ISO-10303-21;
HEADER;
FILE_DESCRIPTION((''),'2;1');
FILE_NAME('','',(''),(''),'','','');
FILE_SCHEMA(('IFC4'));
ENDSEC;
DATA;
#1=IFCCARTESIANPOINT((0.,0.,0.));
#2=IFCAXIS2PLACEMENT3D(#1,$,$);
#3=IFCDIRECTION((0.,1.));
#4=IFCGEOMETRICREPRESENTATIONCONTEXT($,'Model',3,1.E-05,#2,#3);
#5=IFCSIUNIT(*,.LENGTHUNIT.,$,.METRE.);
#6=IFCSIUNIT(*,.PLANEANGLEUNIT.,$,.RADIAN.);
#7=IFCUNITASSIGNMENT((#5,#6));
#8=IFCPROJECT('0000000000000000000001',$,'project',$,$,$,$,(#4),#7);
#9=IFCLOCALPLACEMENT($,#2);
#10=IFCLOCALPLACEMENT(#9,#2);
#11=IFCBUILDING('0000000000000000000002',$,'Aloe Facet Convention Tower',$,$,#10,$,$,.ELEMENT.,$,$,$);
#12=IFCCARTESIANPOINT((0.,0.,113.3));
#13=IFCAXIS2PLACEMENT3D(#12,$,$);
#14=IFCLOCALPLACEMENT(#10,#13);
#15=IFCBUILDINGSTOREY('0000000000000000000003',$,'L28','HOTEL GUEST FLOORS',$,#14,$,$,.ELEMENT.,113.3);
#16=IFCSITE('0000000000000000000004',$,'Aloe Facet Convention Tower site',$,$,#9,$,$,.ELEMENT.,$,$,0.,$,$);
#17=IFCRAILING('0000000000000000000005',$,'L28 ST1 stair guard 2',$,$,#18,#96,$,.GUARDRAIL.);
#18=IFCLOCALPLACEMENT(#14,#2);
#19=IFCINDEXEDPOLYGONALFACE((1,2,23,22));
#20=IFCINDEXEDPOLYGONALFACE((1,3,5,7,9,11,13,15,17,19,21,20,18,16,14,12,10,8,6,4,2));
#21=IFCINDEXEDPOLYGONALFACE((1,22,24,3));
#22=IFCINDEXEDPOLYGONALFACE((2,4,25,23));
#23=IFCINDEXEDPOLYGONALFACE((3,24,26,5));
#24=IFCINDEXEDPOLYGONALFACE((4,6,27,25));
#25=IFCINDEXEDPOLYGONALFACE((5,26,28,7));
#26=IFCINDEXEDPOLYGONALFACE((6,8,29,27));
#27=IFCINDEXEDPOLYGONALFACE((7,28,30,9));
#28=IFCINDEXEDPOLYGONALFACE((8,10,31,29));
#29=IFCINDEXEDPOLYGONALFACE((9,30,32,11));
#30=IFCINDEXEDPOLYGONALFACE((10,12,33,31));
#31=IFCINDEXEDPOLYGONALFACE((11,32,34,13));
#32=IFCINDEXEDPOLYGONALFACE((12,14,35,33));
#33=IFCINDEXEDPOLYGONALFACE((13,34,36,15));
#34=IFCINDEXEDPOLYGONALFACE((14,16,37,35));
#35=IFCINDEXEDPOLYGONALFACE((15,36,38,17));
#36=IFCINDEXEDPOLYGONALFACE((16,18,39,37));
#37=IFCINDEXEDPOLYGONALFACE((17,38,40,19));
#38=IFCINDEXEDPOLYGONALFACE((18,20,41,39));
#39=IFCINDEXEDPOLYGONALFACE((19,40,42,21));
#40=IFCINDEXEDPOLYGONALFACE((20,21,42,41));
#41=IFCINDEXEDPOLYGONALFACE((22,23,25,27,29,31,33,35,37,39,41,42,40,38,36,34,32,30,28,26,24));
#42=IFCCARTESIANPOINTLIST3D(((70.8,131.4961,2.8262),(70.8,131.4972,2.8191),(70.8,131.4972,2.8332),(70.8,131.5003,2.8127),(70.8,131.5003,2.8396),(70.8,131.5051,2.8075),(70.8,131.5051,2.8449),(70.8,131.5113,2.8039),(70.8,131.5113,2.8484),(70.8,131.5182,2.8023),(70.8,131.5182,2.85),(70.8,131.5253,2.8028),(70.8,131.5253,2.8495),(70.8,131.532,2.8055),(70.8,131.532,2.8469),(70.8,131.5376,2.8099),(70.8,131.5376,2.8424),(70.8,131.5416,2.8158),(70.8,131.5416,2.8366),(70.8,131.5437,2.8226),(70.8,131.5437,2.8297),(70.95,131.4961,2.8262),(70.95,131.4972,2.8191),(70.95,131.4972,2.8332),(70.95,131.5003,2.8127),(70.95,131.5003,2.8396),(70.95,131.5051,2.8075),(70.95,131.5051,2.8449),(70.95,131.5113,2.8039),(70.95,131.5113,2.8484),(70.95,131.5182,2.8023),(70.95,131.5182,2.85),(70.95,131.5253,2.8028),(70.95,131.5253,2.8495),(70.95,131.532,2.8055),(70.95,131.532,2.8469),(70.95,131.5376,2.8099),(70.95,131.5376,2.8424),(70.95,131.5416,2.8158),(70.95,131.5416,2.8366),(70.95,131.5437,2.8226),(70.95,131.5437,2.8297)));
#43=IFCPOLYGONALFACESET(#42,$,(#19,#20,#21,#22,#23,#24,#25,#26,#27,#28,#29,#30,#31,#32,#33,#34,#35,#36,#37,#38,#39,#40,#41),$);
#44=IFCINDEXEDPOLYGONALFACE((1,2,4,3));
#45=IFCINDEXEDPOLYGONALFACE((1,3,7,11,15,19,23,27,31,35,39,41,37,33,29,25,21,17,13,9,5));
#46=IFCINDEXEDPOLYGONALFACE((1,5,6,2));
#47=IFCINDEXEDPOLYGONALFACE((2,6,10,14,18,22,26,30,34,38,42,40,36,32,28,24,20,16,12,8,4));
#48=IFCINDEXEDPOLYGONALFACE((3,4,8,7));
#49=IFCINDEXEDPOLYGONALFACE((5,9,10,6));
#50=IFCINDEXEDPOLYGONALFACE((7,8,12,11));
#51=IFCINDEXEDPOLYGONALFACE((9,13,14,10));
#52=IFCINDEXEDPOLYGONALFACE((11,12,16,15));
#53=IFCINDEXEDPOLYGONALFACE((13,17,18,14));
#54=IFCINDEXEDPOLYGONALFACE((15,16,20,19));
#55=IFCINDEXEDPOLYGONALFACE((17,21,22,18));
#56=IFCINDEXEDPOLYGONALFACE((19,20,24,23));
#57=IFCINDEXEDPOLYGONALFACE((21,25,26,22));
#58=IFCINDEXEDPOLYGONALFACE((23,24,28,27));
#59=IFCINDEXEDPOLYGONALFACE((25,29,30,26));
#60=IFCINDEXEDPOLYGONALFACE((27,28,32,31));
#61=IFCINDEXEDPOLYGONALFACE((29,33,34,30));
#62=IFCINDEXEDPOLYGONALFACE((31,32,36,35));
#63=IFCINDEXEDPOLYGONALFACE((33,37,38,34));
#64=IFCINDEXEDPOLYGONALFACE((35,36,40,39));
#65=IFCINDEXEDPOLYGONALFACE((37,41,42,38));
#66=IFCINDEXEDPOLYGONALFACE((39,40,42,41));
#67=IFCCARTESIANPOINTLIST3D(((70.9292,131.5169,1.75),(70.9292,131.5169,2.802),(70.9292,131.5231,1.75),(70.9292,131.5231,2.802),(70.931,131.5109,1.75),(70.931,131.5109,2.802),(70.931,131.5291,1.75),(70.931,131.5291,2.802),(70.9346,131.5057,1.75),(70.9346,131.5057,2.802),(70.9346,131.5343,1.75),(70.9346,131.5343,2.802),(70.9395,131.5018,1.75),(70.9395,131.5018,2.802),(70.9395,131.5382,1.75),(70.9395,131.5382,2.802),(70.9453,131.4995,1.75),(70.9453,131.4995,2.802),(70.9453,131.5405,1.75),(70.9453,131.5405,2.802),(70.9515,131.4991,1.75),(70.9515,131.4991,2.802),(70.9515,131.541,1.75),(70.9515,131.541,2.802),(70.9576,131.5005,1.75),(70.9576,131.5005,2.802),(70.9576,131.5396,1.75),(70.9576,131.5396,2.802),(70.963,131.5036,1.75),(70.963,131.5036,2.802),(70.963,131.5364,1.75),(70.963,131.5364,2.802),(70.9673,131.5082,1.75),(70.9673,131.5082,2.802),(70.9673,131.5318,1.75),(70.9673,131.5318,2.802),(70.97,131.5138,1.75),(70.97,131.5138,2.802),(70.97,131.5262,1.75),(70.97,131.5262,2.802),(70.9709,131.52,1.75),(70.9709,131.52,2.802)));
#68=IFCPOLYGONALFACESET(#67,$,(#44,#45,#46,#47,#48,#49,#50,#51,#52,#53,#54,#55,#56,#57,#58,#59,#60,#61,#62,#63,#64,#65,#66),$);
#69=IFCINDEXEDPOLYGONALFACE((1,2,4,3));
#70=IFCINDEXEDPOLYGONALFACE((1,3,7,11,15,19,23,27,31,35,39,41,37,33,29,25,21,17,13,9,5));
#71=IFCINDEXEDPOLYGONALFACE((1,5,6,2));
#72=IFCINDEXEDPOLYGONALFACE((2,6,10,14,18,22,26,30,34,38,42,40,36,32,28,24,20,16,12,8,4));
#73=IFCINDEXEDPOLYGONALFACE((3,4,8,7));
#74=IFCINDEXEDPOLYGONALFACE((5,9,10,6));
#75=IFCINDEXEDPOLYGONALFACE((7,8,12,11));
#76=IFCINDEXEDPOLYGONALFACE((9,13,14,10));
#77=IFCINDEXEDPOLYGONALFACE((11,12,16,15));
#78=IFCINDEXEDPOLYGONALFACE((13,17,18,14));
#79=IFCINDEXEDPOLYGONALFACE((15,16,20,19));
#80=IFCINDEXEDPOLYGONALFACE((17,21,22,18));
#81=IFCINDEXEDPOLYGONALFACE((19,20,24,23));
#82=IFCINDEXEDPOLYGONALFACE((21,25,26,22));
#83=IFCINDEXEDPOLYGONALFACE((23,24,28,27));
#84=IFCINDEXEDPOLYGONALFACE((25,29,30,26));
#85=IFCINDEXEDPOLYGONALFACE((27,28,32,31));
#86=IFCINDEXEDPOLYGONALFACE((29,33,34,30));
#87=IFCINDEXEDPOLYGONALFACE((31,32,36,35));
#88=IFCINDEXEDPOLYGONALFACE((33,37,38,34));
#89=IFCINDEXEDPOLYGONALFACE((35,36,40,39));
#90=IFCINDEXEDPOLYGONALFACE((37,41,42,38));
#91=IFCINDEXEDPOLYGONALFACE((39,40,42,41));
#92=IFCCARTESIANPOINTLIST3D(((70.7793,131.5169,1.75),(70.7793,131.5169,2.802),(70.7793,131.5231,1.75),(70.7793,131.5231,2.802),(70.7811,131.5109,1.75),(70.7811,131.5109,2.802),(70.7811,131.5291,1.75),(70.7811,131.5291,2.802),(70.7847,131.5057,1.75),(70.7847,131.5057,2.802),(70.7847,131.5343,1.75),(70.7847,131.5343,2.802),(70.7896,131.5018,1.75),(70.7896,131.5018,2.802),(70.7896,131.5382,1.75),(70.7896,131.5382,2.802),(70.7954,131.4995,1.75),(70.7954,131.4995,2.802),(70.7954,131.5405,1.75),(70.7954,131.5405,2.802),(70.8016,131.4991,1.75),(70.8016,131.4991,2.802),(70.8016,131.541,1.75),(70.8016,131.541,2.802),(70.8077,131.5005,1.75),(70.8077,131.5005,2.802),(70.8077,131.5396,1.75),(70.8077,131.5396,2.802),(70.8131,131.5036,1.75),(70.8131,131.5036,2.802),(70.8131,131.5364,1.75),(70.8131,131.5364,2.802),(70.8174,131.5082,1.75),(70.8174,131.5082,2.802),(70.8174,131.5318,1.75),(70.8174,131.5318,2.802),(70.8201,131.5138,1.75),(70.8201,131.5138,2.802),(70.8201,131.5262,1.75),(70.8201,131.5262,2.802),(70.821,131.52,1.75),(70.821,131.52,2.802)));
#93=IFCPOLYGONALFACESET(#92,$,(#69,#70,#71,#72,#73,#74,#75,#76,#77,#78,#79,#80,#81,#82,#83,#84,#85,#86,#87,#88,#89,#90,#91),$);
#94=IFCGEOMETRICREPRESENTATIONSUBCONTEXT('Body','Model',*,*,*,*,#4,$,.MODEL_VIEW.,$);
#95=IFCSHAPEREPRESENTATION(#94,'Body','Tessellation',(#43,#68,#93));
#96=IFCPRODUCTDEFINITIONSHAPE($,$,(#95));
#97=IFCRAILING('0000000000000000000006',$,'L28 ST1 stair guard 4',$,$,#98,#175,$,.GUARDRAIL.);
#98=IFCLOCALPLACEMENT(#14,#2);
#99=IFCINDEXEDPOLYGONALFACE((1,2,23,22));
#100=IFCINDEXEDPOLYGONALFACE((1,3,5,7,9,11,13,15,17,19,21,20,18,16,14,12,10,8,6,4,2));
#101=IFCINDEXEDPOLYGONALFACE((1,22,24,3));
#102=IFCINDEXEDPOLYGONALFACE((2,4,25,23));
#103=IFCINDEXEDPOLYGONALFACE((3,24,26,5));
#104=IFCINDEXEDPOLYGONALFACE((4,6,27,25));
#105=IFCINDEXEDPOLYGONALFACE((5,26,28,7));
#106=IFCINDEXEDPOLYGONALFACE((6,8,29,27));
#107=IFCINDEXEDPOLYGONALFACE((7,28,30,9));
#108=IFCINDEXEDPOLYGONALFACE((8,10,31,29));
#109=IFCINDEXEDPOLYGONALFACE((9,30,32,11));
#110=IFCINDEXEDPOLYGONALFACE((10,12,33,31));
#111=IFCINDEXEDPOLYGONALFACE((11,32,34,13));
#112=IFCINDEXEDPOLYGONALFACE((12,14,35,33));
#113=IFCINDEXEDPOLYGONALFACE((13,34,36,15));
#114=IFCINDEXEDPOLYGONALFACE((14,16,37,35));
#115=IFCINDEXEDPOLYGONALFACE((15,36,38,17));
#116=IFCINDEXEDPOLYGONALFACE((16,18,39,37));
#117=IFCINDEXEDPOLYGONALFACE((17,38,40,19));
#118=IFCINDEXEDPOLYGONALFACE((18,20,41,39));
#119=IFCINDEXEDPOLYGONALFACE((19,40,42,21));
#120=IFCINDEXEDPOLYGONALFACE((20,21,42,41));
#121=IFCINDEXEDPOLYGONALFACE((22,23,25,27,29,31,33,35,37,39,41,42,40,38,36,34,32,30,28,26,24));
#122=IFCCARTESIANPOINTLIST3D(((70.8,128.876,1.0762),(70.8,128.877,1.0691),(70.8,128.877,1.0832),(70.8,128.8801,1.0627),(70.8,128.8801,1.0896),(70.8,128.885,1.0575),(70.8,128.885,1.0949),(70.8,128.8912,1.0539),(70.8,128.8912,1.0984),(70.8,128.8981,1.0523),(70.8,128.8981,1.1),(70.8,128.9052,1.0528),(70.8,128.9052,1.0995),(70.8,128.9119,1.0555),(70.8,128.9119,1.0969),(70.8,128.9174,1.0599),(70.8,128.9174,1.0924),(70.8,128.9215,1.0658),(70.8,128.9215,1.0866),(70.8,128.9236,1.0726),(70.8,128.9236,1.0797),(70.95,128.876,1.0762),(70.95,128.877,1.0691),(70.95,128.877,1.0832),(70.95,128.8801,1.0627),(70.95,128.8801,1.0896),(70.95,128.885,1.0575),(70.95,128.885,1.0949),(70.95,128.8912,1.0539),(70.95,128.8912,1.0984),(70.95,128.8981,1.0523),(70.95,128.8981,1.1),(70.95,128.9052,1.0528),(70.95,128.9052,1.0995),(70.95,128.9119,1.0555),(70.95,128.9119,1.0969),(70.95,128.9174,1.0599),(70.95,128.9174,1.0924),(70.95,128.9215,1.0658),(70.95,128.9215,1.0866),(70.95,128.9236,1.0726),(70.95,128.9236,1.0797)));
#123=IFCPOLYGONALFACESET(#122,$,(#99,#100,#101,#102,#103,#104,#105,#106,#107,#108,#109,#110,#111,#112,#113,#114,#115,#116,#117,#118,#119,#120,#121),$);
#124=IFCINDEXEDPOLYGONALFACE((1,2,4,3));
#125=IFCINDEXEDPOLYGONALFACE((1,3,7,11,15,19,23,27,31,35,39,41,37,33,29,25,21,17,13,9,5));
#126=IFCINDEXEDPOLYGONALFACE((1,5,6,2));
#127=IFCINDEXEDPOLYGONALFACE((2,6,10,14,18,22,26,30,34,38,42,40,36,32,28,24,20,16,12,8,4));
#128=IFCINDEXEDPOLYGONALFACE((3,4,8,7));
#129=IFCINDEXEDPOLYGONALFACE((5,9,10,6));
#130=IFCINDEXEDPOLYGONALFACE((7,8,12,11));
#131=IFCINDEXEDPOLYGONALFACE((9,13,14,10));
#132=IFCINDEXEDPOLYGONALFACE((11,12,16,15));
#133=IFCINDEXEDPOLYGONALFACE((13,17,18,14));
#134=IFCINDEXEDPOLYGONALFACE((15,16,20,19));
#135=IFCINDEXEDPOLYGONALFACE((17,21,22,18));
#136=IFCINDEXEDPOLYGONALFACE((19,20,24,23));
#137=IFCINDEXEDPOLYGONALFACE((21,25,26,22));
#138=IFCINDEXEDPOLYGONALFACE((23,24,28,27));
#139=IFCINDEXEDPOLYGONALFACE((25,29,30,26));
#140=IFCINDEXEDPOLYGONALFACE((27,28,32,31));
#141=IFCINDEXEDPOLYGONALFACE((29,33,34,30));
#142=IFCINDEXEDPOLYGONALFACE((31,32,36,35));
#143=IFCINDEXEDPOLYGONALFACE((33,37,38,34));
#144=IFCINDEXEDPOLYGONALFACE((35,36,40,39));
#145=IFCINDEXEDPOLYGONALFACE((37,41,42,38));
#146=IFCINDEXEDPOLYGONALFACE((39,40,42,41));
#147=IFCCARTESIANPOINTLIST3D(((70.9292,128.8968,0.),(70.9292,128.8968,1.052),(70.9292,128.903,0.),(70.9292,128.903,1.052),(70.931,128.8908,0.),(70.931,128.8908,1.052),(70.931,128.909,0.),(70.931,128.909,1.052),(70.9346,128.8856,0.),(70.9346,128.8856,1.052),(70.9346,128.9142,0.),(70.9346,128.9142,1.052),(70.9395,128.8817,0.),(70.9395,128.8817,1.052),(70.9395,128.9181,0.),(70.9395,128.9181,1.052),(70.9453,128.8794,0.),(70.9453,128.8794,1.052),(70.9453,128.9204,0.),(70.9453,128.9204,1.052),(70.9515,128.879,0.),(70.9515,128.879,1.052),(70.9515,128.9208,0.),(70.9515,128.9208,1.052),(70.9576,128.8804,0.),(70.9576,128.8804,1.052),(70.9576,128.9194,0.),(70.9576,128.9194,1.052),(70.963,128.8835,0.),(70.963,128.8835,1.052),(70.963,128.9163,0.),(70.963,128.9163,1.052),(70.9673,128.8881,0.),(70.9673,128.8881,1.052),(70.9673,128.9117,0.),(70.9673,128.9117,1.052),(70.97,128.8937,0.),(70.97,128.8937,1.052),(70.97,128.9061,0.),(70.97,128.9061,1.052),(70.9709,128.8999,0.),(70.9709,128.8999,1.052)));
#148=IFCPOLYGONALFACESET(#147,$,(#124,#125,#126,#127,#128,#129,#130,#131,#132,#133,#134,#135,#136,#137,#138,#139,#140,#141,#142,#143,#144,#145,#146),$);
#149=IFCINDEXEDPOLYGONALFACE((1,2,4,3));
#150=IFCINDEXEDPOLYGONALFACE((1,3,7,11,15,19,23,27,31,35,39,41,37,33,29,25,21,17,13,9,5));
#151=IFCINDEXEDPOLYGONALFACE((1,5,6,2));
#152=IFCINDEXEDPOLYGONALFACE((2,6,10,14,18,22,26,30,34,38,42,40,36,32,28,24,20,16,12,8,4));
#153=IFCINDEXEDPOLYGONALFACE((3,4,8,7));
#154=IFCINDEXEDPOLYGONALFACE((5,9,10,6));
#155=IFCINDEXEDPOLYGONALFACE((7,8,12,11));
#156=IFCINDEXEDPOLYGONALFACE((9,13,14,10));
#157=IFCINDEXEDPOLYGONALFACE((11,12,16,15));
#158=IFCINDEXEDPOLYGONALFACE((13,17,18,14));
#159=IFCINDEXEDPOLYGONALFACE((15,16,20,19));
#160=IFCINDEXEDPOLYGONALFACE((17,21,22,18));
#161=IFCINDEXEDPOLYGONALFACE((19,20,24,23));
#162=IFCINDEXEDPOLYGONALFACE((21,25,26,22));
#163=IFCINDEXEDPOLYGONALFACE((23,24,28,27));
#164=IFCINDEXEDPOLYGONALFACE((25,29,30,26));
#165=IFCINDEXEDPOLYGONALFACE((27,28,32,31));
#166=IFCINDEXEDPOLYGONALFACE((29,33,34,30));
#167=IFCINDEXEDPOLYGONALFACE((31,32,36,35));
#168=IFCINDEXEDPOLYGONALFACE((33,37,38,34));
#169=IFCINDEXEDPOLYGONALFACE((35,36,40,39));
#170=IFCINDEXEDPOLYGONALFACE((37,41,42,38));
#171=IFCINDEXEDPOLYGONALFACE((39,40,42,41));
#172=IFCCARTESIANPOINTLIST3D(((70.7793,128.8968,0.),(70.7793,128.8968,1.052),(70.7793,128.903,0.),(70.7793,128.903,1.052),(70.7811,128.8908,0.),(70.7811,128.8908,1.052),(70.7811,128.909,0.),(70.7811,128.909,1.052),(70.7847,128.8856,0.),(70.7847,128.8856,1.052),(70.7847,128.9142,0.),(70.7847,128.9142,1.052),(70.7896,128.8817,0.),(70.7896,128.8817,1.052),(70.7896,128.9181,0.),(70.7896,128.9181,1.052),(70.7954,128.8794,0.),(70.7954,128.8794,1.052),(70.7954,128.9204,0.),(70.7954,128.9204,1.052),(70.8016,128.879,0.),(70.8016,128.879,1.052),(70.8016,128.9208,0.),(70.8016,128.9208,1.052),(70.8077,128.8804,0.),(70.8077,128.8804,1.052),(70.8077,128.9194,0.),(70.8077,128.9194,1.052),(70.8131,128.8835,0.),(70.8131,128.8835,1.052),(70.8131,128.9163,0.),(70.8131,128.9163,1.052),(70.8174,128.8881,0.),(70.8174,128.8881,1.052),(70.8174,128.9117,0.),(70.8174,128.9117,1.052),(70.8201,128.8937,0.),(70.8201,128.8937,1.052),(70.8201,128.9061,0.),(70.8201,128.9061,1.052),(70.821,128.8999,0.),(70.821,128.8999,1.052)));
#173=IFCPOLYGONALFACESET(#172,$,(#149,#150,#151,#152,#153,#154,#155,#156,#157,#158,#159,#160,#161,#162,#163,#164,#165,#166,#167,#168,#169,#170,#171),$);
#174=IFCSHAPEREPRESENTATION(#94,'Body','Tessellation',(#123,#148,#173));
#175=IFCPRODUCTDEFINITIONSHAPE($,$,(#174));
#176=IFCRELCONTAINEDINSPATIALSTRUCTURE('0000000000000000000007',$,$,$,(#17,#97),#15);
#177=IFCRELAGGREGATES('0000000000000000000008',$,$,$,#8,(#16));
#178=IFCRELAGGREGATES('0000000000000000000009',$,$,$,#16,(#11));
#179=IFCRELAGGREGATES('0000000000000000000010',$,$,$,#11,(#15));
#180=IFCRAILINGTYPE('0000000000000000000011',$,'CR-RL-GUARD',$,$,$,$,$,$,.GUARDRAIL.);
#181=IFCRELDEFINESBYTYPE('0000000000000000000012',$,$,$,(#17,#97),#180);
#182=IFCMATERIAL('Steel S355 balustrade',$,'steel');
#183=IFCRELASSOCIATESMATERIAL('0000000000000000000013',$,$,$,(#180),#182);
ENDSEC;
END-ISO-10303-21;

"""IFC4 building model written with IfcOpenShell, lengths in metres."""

from ifc_helpers import new_model, si_unit, direction, frame, origin, origin_2d, place, context, subcontext, project, spatial, circle, extrude, material, type_object, element, save


model = new_model("IFC4")

# Units and contexts
model_context = context("Model", 3, precision=1e-05, world=origin(), true_north=direction((0.0, 1.0)))
body_context = subcontext(model_context, "Body", "Model", "MODEL_VIEW")
ifc_project = project(units=[si_unit("LENGTHUNIT", "METRE"), si_unit("PLANEANGLEUNIT", "RADIAN")], contexts=[model_context])

# Site, building, storey
site_placement = place(None, origin())
site = spatial("IfcSite", under=ifc_project, at=site_placement, Name="Aloe Facet Convention Tower site", CompositionType="ELEMENT", RefElevation=0.0)
building_placement = place(site_placement, origin())
building = spatial("IfcBuilding", under=site, at=building_placement, Name="Aloe Facet Convention Tower", CompositionType="ELEMENT")
storey_placement = place(building_placement, frame((0.0, 0.0, 113.3)))
storey = spatial("IfcBuildingStorey", under=building, at=storey_placement, Name="L28", Description="HOTEL GUEST FLOORS", CompositionType="ELEMENT", Elevation=113.3)

# Railings
ifc_material_1 = material(Name="Steel S355 balustrade", Category="steel")
railing_type_1 = type_object("IfcRailingType", Name="CR-RL-GUARD", PredefinedType="GUARDRAIL", material=ifc_material_1)
for number, where, name in (
    (1, (70.95, 131.52, 1.75), "L28 ST1 stair guard 2"),
    (2, (70.95, 128.8999, 0.0), "L28 ST1 stair guard 4"),
):
    element("IfcRailing", number, at=place(storey_placement, frame(where)), inside=storey, type_object=railing_type_1, Name=name, PredefinedType="GUARDRAIL", context=body_context, shape_type="SweptSolid", body=[
        extrude(circle(Radius=0.0239, at=origin_2d()), frame((0.0, 0.0, 1.0762), z_axis=(-1.0, 0.0, 0.0), x_axis=(0.0, -1.0, 0.0)), (0.0, 0.0, 1.0), 0.1499),
        extrude(circle(Radius=0.021, at=origin_2d()), origin(), (0.0, 0.0, 1.0), 1.052),
        extrude(circle(Radius=0.021, at=origin_2d()), frame((-0.1499, 0.0, 0.0)), (0.0, 0.0, 1.0), 1.052),
    ])

save(model, "model.ifc")
